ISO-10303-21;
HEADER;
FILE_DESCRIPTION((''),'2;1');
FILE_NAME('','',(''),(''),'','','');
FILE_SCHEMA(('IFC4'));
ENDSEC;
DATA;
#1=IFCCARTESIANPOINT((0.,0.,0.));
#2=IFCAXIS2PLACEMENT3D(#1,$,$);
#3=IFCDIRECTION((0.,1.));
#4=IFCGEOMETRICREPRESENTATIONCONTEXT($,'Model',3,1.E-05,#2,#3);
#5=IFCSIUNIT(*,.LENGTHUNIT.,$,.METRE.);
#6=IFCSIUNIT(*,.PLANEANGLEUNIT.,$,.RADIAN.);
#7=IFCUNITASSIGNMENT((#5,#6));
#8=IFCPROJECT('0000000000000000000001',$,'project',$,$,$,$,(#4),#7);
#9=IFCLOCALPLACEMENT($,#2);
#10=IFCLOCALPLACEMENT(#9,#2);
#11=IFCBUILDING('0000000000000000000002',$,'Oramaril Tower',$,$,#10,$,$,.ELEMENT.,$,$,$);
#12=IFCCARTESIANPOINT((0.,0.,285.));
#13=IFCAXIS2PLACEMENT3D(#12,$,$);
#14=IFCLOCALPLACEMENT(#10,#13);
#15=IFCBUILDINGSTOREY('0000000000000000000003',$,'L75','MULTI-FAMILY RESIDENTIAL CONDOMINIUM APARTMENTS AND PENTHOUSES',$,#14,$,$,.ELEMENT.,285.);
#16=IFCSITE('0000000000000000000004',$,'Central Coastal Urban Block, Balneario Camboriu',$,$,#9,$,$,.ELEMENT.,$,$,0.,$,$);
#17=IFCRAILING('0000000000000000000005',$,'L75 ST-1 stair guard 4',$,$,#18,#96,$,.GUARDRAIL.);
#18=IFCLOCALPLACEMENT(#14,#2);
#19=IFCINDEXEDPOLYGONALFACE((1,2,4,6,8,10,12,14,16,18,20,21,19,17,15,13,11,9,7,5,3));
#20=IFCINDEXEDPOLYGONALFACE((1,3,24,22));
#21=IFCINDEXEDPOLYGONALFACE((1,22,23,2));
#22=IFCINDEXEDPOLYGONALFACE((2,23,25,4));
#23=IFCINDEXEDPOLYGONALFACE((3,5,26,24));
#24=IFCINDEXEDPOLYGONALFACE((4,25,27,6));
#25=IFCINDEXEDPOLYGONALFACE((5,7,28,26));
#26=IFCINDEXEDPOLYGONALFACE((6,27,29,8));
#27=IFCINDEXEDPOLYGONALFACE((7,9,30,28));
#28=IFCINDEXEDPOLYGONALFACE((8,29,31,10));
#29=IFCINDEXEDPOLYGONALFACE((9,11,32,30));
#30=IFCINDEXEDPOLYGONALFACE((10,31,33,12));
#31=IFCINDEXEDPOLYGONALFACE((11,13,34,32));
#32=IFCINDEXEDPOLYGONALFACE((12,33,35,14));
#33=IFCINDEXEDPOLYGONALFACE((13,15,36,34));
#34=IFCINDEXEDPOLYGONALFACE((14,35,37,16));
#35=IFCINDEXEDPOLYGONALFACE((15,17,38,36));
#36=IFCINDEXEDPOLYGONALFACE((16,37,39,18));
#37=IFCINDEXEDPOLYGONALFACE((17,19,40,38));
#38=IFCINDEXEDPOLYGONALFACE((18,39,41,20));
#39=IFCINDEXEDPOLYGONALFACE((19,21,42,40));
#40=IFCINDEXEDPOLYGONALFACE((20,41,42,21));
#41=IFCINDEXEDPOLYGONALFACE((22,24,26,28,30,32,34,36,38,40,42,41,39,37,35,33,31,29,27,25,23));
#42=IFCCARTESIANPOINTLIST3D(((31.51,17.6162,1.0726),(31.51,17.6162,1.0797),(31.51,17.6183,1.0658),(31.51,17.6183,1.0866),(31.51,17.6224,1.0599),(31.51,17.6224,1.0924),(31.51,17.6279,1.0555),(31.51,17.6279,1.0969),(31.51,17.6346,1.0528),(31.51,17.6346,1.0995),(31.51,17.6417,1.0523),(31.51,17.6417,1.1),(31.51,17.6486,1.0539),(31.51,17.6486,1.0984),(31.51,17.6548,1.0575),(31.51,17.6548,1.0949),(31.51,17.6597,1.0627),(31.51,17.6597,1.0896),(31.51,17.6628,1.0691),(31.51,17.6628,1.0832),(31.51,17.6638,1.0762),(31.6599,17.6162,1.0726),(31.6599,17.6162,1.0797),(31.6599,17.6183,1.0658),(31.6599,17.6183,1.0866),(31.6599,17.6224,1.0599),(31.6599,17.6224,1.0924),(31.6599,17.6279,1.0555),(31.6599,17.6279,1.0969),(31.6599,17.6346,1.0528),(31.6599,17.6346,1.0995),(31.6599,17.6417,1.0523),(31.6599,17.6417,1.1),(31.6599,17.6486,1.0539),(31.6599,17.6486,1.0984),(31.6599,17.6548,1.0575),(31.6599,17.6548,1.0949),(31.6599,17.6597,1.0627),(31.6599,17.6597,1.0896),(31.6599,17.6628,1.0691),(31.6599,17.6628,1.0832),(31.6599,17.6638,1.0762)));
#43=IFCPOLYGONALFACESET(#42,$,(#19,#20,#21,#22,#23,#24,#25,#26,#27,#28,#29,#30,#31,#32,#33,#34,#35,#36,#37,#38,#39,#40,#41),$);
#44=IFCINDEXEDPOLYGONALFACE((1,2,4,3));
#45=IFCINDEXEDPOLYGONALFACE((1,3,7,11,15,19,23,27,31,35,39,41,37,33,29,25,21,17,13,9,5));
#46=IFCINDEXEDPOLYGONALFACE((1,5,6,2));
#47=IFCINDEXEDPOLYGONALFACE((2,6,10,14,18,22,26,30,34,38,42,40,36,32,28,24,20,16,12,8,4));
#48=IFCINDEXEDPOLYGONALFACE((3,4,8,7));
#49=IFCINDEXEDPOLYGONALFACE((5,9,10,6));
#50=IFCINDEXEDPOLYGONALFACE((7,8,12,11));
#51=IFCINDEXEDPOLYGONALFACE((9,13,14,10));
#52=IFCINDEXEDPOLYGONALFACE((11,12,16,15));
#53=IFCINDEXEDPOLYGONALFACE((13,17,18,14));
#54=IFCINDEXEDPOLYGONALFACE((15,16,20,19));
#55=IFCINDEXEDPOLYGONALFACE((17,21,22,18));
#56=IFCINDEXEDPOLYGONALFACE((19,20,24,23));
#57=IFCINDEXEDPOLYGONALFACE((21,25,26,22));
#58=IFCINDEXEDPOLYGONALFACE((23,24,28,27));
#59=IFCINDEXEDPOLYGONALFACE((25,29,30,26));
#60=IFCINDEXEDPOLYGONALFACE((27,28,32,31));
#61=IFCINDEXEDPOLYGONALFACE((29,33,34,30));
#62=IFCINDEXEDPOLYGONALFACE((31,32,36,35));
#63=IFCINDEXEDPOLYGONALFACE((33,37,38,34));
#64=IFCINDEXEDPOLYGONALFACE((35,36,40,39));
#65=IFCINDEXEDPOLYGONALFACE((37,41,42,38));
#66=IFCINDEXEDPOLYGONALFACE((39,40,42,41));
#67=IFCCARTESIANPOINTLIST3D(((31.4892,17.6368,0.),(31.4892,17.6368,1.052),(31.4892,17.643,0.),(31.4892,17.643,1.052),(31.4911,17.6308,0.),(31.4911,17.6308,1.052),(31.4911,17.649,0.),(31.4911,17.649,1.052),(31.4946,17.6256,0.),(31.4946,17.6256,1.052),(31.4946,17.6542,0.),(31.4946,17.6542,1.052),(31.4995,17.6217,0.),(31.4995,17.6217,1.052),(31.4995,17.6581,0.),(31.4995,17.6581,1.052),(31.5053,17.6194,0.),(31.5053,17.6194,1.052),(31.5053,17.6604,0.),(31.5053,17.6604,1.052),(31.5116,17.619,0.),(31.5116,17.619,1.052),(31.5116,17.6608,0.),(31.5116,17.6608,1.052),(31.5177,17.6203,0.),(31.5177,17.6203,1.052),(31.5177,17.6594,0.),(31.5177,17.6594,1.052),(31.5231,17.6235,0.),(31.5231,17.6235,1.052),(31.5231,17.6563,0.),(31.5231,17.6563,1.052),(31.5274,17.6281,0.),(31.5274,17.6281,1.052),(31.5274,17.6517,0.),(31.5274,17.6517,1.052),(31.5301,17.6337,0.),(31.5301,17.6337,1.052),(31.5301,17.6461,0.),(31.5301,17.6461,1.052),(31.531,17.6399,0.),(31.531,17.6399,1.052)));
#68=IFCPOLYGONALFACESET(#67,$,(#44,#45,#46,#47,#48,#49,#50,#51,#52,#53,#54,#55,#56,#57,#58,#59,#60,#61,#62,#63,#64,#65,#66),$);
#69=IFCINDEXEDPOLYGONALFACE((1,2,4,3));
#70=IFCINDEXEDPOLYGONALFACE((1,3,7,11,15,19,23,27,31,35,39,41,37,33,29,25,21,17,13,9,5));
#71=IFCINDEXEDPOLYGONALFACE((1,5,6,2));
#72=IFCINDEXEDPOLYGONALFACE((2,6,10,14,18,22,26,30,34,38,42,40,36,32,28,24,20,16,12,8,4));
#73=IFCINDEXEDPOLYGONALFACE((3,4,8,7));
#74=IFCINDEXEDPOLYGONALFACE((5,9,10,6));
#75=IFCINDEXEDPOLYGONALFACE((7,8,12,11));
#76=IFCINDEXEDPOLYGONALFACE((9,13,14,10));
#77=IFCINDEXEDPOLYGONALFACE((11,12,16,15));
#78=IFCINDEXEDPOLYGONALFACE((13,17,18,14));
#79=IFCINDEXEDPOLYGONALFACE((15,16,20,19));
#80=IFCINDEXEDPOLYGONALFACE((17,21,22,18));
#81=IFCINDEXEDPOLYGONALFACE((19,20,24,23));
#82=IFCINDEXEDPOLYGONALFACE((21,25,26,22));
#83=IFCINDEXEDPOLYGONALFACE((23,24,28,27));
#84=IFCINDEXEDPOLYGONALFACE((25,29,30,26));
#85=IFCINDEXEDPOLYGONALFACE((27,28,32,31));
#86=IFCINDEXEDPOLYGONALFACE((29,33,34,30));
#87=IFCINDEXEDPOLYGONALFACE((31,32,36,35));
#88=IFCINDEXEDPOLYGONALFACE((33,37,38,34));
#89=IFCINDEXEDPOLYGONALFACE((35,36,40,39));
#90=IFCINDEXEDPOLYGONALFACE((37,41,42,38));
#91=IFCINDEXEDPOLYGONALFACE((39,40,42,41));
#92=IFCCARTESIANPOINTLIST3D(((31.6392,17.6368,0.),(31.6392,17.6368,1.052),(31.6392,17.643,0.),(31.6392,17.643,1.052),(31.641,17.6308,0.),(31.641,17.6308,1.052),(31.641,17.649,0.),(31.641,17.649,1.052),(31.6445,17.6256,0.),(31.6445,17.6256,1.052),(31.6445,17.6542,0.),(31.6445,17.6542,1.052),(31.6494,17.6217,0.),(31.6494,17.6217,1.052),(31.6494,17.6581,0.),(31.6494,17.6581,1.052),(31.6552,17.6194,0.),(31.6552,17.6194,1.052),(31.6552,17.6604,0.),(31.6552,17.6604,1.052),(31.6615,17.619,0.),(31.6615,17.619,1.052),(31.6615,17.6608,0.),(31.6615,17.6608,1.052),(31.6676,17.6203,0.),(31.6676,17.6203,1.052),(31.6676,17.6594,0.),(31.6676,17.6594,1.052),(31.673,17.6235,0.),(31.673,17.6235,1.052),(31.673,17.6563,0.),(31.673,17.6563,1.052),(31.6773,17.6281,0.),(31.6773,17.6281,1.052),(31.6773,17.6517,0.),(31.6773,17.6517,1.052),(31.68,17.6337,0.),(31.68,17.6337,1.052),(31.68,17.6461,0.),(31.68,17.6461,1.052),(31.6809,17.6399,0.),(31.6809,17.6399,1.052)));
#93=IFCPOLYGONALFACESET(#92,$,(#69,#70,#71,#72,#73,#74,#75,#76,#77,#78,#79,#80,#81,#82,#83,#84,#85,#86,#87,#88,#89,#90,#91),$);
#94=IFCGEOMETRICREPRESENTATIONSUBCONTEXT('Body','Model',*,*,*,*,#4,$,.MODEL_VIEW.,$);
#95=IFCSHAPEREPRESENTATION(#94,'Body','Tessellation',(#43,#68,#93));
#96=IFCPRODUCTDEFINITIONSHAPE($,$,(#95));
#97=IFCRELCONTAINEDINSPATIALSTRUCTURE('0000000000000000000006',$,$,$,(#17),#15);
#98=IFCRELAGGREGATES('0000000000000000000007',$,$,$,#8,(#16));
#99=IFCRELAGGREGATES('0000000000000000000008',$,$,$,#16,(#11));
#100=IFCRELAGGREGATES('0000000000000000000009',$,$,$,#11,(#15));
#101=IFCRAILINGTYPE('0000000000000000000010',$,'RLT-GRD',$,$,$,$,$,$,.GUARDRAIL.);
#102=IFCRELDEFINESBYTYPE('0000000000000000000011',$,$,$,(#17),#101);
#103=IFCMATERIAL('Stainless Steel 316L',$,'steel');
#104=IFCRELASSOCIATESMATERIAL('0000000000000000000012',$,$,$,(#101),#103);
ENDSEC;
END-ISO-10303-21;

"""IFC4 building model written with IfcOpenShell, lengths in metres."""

from ifc_helpers import new_model, si_unit, direction, frame, origin, origin_2d, place, context, subcontext, project, spatial, circle, extrude, material, type_object, element, save


model = new_model("IFC4")

# Units and contexts
model_context = context("Model", 3, precision=1e-05, world=origin(), true_north=direction((0.0, 1.0)))
body_context = subcontext(model_context, "Body", "Model", "MODEL_VIEW")
ifc_project = project(units=[si_unit("LENGTHUNIT", "METRE"), si_unit("PLANEANGLEUNIT", "RADIAN")], contexts=[model_context])

# Site, building, storey
site_placement = place(None, origin())
site = spatial("IfcSite", under=ifc_project, at=site_placement, Name="Central Coastal Urban Block, Balneario Camboriu", CompositionType="ELEMENT", RefElevation=0.0)
building_placement = place(site_placement, origin())
building = spatial("IfcBuilding", under=site, at=building_placement, Name="Oramaril Tower", CompositionType="ELEMENT")
storey_placement = place(building_placement, frame((0.0, 0.0, 285.0)))
storey = spatial("IfcBuildingStorey", under=building, at=storey_placement, Name="L75", Description="MULTI-FAMILY RESIDENTIAL CONDOMINIUM APARTMENTS AND PENTHOUSES", CompositionType="ELEMENT", Elevation=285.0)

# Railing
ifc_material_1 = material(Name="Stainless Steel 316L", Category="steel")
railing_type_1 = type_object("IfcRailingType", Name="RLT-GRD", PredefinedType="GUARDRAIL", material=ifc_material_1)
railing_1_placement = place(storey_placement, frame((31.51, 17.6399, 0.0)))
element("IfcRailing", 1, at=railing_1_placement, inside=storey, type_object=railing_type_1, Name="L75 ST-1 stair guard 4", PredefinedType="GUARDRAIL", context=body_context, shape_type="SweptSolid", body=[
    extrude(circle(Radius=0.0239, at=origin_2d()), frame((0.0, 0.0, 1.0762), z_axis=(1.0, 0.0, 0.0), x_axis=(0.0, 1.0, 0.0)), (0.0, 0.0, 1.0), 0.1499),
    extrude(circle(Radius=0.021, at=origin_2d()), origin(), (0.0, 0.0, 1.0), 1.052),
    extrude(circle(Radius=0.021, at=origin_2d()), frame((0.1499, 0.0, 0.0)), (0.0, 0.0, 1.0), 1.052),
])

save(model, "model.ifc")
